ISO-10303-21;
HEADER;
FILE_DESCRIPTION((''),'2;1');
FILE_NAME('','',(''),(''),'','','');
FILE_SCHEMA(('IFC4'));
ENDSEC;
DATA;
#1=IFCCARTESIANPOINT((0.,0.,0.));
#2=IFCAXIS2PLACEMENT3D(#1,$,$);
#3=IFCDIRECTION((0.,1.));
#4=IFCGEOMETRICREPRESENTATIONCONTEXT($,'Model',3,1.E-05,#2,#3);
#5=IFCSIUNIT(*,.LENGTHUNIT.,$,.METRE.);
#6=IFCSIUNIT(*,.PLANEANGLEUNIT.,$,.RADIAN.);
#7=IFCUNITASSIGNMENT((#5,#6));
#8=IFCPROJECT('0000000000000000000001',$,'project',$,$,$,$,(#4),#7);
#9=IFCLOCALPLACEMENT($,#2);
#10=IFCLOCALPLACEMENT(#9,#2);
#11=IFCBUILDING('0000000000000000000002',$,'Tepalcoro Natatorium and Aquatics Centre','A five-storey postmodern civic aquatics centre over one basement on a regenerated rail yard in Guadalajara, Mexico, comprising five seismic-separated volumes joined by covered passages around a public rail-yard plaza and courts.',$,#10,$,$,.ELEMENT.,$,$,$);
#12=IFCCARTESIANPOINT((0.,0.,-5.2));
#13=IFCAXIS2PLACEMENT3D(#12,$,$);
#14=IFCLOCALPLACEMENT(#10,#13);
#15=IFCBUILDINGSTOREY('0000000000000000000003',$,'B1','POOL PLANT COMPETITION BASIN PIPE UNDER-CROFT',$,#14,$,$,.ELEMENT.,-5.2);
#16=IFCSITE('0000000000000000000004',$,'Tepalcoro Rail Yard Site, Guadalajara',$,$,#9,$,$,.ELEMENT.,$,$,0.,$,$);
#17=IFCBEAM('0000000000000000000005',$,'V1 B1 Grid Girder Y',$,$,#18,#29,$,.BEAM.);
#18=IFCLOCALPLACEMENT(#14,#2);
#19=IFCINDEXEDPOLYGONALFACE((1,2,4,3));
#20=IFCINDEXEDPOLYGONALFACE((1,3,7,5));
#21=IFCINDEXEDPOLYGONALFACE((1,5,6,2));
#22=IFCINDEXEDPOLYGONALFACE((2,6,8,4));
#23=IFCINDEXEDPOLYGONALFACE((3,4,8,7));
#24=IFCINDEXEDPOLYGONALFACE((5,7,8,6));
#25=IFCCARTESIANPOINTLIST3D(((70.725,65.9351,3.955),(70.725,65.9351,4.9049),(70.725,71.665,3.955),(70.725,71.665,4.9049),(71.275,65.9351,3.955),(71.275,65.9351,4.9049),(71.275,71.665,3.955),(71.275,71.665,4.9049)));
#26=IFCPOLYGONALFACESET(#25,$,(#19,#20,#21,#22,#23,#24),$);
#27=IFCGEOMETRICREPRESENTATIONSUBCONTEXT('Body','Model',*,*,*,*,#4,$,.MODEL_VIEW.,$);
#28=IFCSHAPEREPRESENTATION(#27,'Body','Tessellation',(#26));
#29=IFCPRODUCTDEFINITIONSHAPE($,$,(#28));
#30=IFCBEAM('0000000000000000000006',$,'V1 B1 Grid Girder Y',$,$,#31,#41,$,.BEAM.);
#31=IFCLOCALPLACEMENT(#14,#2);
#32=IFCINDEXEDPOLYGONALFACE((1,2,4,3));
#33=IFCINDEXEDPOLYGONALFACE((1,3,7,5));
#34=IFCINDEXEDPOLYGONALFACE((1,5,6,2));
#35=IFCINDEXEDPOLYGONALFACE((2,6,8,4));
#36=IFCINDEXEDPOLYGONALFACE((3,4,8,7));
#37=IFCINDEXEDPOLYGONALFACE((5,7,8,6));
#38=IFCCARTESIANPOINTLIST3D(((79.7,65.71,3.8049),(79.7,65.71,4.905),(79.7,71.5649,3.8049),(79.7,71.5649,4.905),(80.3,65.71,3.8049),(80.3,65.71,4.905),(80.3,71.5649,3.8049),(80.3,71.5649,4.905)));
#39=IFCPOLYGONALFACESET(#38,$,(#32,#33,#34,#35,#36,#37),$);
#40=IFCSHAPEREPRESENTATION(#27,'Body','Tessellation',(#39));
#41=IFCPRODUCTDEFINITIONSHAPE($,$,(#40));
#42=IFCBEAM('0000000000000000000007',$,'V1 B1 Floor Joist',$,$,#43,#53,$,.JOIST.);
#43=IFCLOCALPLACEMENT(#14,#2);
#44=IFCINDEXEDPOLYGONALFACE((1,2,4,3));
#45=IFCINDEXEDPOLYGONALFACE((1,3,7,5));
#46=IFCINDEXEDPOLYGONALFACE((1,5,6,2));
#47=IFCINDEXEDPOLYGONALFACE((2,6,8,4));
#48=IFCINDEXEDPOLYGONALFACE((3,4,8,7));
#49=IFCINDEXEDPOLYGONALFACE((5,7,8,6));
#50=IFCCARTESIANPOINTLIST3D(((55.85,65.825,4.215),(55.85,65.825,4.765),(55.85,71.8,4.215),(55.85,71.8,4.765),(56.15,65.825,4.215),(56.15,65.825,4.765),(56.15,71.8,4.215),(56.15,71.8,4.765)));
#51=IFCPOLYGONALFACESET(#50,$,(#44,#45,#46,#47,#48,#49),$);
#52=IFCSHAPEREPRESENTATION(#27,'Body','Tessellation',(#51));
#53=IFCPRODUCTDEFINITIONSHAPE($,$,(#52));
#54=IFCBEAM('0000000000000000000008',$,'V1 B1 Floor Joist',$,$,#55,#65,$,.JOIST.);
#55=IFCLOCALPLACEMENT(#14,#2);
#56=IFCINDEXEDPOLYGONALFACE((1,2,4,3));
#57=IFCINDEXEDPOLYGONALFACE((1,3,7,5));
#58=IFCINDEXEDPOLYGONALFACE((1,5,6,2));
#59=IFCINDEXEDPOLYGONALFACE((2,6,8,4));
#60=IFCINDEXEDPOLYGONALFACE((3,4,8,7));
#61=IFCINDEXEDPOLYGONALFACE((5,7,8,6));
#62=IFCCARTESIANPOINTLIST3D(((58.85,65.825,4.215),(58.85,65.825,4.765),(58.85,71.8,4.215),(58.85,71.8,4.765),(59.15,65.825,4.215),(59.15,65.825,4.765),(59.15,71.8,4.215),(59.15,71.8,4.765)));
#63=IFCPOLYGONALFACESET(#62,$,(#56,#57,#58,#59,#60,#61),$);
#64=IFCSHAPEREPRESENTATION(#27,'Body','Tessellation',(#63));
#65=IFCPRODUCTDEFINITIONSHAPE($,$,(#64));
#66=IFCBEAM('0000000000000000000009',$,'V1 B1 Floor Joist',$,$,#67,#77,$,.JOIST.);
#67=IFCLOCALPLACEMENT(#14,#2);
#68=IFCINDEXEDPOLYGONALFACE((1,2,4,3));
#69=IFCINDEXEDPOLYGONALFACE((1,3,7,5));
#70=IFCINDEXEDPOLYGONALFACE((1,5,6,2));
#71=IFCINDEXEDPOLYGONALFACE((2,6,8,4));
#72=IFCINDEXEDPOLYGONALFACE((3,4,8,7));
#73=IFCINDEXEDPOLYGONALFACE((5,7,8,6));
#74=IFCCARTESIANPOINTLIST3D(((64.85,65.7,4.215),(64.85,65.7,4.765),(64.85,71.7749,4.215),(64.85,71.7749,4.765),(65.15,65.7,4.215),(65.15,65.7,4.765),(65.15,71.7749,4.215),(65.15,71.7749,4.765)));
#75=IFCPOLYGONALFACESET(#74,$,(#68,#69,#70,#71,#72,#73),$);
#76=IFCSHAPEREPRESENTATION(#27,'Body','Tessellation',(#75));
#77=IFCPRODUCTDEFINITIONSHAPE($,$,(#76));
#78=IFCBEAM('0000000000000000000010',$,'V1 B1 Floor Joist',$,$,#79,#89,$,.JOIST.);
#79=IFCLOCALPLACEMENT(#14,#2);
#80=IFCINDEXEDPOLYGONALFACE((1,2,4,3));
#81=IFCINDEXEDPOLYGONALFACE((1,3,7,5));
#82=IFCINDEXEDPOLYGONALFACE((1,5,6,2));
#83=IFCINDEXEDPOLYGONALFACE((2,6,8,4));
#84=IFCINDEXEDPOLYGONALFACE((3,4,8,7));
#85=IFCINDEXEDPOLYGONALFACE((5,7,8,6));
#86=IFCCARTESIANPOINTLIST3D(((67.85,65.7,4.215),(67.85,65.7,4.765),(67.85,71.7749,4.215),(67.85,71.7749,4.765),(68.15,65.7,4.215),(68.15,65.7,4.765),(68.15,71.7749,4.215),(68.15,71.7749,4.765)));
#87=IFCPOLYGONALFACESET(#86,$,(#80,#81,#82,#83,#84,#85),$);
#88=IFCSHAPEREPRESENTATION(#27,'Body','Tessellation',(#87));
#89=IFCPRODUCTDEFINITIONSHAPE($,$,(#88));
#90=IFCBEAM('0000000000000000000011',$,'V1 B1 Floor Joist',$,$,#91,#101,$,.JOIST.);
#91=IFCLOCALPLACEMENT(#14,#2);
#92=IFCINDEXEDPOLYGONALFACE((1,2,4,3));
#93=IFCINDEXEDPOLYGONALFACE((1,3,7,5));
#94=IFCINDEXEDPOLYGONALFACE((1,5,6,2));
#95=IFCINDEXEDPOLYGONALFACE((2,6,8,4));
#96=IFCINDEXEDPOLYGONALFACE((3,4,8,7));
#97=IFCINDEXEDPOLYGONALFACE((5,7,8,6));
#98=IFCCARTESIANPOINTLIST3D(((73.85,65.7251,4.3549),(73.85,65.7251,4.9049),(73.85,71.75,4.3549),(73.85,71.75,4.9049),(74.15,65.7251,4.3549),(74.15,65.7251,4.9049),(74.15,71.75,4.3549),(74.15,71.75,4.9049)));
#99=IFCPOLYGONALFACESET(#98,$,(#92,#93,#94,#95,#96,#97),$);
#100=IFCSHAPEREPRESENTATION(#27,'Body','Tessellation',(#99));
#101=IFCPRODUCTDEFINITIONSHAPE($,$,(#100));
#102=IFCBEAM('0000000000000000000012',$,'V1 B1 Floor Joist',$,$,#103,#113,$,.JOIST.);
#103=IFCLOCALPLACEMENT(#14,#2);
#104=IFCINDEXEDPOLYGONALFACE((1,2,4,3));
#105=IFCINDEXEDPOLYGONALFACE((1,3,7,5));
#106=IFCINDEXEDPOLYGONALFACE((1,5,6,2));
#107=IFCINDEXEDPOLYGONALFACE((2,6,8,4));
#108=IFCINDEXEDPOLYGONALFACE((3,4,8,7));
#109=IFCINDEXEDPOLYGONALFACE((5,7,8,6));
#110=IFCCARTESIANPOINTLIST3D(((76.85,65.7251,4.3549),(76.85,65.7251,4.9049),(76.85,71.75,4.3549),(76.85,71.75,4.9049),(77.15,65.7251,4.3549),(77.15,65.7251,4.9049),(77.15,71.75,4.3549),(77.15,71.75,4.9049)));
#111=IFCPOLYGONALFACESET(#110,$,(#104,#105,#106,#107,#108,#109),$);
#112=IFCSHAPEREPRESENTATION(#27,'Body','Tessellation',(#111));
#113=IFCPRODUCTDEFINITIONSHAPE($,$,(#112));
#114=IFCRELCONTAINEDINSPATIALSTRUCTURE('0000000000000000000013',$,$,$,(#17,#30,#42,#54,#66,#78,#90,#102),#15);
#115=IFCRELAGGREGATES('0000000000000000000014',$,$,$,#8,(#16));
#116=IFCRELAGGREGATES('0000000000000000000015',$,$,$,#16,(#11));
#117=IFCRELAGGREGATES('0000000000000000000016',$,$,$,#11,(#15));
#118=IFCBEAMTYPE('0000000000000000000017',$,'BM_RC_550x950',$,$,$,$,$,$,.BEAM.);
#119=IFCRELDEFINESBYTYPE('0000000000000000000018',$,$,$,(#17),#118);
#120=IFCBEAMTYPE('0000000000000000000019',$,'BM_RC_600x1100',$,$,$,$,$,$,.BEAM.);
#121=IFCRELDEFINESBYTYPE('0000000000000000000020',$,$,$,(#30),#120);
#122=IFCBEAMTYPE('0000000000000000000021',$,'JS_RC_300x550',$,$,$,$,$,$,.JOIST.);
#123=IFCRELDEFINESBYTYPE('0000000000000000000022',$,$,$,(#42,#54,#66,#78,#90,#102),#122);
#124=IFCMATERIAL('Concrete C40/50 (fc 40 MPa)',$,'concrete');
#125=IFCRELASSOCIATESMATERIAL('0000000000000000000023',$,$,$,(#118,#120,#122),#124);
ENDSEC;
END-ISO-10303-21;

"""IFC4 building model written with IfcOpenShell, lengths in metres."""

from ifc_helpers import new_model, si_unit, direction, frame, origin, origin_2d, place, context, subcontext, project, spatial, rectangle, extrude, material, material_profile, profile_set, type_object, element, save


model = new_model("IFC4")

# Units and contexts
model_context = context("Model", 3, precision=1e-05, world=origin(), true_north=direction((0.0, 1.0)))
body_context = subcontext(model_context, "Body", "Model", "MODEL_VIEW")
ifc_project = project(units=[si_unit("LENGTHUNIT", "METRE"), si_unit("PLANEANGLEUNIT", "RADIAN")], contexts=[model_context])

# Site, building, storey
site_placement = place(None, origin())
site = spatial("IfcSite", under=ifc_project, at=site_placement, Name="Tepalcoro Rail Yard Site, Guadalajara", CompositionType="ELEMENT", RefElevation=0.0)
building_placement = place(site_placement, origin())
building = spatial("IfcBuilding", under=site, at=building_placement, Name="Tepalcoro Natatorium and Aquatics Centre", Description="A five-storey postmodern civic aquatics centre over one basement on a regenerated rail yard in Guadalajara, Mexico, comprising five seismic-separated volumes joined by covered passages around a public rail-yard plaza and courts.", CompositionType="ELEMENT")
storey_placement = place(building_placement, frame((0.0, 0.0, -5.2)))
storey = spatial("IfcBuildingStorey", under=building, at=storey_placement, Name="B1", Description="POOL PLANT COMPETITION BASIN PIPE UNDER-CROFT", CompositionType="ELEMENT", Elevation=-5.2)

# Shared definitions
ifc_material = material(Name="Concrete C40/50 (fc 40 MPa)", Category="concrete")

# Beams
ifc_material_profile_1 = material_profile(ifc_material, rectangle(XDim=0.55, YDim=0.95, at=origin_2d()), Name="RCB550x950")
ifc_profile_set_1 = profile_set([ifc_material_profile_1], Name="Concrete C40/50 (fc 40 MPa)")
beam_type_1 = type_object("IfcBeamType", Name="BM_RC_550x950", PredefinedType="BEAM", material=ifc_profile_set_1)
beam_1_placement = place(storey_placement, frame((71.0, 65.9351, 4.4299), z_axis=(0.0, 1.0, 0.0), x_axis=(-1.0, 0.0, 0.0)))
element("IfcBeam", 1, at=beam_1_placement, inside=storey, type_object=beam_type_1, Name="V1 B1 Grid Girder Y", PredefinedType="BEAM", context=body_context, shape_type="SweptSolid", body=[
    extrude(rectangle(XDim=0.55, YDim=0.95, at=origin_2d()), origin(), (0.0, 0.0, 1.0), 5.73),
])
ifc_material_profile_2 = material_profile(ifc_material, rectangle(XDim=0.6001, YDim=1.1001, at=origin_2d()), Name="RCB600x1100")
ifc_profile_set_2 = profile_set([ifc_material_profile_2], Name="Concrete C40/50 (fc 40 MPa)")
beam_type_2 = type_object("IfcBeamType", Name="BM_RC_600x1100", PredefinedType="BEAM", material=ifc_profile_set_2)
beam_2_placement = place(storey_placement, frame((80.0, 65.71, 4.355), z_axis=(0.0, 1.0, 0.0), x_axis=(-1.0, 0.0, 0.0)))
element("IfcBeam", 2, at=beam_2_placement, inside=storey, type_object=beam_type_2, Name="V1 B1 Grid Girder Y", PredefinedType="BEAM", context=body_context, shape_type="SweptSolid", body=[
    extrude(rectangle(XDim=0.6001, YDim=1.1001, at=origin_2d()), origin(), (0.0, 0.0, 1.0), 5.855),
])
ifc_material_profile_3 = material_profile(ifc_material, rectangle(XDim=0.3, YDim=0.55, at=origin_2d()), Name="RCJ300x550")
ifc_profile_set_3 = profile_set([ifc_material_profile_3], Name="Concrete C40/50 (fc 40 MPa)")
beam_type_3 = type_object("IfcBeamType", Name="JS_RC_300x550", PredefinedType="JOIST", material=ifc_profile_set_3)
for number, where, z_axis, x_axis, name in (
    (3, (56.0, 65.825, 4.49), (0.0, 1.0, 0.0), (-1.0, 0.0, 0.0), "V1 B1 Floor Joist"),
    (4, (59.0, 65.825, 4.49), (0.0, 1.0, 0.0), (-1.0, 0.0, 0.0), "V1 B1 Floor Joist"),
):
    element("IfcBeam", number, at=place(storey_placement, frame(where, z_axis=z_axis, x_axis=x_axis)), inside=storey, type_object=beam_type_3, Name=name, PredefinedType="JOIST", context=body_context, shape_type="SweptSolid", body=[
        extrude(rectangle(XDim=0.3, YDim=0.55, at=origin_2d()), origin(), (0.0, 0.0, 1.0), 5.9751),
    ])
for number, where, z_axis, x_axis, name in (
    (5, (65.0, 65.7, 4.49), (0.0, 1.0, 0.0), (-1.0, 0.0, 0.0), "V1 B1 Floor Joist"),
    (6, (68.0, 65.7, 4.49), (0.0, 1.0, 0.0), (-1.0, 0.0, 0.0), "V1 B1 Floor Joist"),
):
    element("IfcBeam", number, at=place(storey_placement, frame(where, z_axis=z_axis, x_axis=x_axis)), inside=storey, type_object=beam_type_3, Name=name, PredefinedType="JOIST", context=body_context, shape_type="SweptSolid", body=[
        extrude(rectangle(XDim=0.3, YDim=0.55, at=origin_2d()), origin(), (0.0, 0.0, 1.0), 6.075),
    ])
for number, where, z_axis, x_axis, name in (
    (7, (74.0, 65.7251, 4.6299), (0.0, 1.0, 0.0), (-1.0, 0.0, 0.0), "V1 B1 Floor Joist"),
    (8, (77.0, 65.7251, 4.6299), (0.0, 1.0, 0.0), (-1.0, 0.0, 0.0), "V1 B1 Floor Joist"),
):
    element("IfcBeam", number, at=place(storey_placement, frame(where, z_axis=z_axis, x_axis=x_axis)), inside=storey, type_object=beam_type_3, Name=name, PredefinedType="JOIST", context=body_context, shape_type="SweptSolid", body=[
        extrude(rectangle(XDim=0.3, YDim=0.55, at=origin_2d()), origin(), (0.0, 0.0, 1.0), 6.0249),
    ])

save(model, "model.ifc")
